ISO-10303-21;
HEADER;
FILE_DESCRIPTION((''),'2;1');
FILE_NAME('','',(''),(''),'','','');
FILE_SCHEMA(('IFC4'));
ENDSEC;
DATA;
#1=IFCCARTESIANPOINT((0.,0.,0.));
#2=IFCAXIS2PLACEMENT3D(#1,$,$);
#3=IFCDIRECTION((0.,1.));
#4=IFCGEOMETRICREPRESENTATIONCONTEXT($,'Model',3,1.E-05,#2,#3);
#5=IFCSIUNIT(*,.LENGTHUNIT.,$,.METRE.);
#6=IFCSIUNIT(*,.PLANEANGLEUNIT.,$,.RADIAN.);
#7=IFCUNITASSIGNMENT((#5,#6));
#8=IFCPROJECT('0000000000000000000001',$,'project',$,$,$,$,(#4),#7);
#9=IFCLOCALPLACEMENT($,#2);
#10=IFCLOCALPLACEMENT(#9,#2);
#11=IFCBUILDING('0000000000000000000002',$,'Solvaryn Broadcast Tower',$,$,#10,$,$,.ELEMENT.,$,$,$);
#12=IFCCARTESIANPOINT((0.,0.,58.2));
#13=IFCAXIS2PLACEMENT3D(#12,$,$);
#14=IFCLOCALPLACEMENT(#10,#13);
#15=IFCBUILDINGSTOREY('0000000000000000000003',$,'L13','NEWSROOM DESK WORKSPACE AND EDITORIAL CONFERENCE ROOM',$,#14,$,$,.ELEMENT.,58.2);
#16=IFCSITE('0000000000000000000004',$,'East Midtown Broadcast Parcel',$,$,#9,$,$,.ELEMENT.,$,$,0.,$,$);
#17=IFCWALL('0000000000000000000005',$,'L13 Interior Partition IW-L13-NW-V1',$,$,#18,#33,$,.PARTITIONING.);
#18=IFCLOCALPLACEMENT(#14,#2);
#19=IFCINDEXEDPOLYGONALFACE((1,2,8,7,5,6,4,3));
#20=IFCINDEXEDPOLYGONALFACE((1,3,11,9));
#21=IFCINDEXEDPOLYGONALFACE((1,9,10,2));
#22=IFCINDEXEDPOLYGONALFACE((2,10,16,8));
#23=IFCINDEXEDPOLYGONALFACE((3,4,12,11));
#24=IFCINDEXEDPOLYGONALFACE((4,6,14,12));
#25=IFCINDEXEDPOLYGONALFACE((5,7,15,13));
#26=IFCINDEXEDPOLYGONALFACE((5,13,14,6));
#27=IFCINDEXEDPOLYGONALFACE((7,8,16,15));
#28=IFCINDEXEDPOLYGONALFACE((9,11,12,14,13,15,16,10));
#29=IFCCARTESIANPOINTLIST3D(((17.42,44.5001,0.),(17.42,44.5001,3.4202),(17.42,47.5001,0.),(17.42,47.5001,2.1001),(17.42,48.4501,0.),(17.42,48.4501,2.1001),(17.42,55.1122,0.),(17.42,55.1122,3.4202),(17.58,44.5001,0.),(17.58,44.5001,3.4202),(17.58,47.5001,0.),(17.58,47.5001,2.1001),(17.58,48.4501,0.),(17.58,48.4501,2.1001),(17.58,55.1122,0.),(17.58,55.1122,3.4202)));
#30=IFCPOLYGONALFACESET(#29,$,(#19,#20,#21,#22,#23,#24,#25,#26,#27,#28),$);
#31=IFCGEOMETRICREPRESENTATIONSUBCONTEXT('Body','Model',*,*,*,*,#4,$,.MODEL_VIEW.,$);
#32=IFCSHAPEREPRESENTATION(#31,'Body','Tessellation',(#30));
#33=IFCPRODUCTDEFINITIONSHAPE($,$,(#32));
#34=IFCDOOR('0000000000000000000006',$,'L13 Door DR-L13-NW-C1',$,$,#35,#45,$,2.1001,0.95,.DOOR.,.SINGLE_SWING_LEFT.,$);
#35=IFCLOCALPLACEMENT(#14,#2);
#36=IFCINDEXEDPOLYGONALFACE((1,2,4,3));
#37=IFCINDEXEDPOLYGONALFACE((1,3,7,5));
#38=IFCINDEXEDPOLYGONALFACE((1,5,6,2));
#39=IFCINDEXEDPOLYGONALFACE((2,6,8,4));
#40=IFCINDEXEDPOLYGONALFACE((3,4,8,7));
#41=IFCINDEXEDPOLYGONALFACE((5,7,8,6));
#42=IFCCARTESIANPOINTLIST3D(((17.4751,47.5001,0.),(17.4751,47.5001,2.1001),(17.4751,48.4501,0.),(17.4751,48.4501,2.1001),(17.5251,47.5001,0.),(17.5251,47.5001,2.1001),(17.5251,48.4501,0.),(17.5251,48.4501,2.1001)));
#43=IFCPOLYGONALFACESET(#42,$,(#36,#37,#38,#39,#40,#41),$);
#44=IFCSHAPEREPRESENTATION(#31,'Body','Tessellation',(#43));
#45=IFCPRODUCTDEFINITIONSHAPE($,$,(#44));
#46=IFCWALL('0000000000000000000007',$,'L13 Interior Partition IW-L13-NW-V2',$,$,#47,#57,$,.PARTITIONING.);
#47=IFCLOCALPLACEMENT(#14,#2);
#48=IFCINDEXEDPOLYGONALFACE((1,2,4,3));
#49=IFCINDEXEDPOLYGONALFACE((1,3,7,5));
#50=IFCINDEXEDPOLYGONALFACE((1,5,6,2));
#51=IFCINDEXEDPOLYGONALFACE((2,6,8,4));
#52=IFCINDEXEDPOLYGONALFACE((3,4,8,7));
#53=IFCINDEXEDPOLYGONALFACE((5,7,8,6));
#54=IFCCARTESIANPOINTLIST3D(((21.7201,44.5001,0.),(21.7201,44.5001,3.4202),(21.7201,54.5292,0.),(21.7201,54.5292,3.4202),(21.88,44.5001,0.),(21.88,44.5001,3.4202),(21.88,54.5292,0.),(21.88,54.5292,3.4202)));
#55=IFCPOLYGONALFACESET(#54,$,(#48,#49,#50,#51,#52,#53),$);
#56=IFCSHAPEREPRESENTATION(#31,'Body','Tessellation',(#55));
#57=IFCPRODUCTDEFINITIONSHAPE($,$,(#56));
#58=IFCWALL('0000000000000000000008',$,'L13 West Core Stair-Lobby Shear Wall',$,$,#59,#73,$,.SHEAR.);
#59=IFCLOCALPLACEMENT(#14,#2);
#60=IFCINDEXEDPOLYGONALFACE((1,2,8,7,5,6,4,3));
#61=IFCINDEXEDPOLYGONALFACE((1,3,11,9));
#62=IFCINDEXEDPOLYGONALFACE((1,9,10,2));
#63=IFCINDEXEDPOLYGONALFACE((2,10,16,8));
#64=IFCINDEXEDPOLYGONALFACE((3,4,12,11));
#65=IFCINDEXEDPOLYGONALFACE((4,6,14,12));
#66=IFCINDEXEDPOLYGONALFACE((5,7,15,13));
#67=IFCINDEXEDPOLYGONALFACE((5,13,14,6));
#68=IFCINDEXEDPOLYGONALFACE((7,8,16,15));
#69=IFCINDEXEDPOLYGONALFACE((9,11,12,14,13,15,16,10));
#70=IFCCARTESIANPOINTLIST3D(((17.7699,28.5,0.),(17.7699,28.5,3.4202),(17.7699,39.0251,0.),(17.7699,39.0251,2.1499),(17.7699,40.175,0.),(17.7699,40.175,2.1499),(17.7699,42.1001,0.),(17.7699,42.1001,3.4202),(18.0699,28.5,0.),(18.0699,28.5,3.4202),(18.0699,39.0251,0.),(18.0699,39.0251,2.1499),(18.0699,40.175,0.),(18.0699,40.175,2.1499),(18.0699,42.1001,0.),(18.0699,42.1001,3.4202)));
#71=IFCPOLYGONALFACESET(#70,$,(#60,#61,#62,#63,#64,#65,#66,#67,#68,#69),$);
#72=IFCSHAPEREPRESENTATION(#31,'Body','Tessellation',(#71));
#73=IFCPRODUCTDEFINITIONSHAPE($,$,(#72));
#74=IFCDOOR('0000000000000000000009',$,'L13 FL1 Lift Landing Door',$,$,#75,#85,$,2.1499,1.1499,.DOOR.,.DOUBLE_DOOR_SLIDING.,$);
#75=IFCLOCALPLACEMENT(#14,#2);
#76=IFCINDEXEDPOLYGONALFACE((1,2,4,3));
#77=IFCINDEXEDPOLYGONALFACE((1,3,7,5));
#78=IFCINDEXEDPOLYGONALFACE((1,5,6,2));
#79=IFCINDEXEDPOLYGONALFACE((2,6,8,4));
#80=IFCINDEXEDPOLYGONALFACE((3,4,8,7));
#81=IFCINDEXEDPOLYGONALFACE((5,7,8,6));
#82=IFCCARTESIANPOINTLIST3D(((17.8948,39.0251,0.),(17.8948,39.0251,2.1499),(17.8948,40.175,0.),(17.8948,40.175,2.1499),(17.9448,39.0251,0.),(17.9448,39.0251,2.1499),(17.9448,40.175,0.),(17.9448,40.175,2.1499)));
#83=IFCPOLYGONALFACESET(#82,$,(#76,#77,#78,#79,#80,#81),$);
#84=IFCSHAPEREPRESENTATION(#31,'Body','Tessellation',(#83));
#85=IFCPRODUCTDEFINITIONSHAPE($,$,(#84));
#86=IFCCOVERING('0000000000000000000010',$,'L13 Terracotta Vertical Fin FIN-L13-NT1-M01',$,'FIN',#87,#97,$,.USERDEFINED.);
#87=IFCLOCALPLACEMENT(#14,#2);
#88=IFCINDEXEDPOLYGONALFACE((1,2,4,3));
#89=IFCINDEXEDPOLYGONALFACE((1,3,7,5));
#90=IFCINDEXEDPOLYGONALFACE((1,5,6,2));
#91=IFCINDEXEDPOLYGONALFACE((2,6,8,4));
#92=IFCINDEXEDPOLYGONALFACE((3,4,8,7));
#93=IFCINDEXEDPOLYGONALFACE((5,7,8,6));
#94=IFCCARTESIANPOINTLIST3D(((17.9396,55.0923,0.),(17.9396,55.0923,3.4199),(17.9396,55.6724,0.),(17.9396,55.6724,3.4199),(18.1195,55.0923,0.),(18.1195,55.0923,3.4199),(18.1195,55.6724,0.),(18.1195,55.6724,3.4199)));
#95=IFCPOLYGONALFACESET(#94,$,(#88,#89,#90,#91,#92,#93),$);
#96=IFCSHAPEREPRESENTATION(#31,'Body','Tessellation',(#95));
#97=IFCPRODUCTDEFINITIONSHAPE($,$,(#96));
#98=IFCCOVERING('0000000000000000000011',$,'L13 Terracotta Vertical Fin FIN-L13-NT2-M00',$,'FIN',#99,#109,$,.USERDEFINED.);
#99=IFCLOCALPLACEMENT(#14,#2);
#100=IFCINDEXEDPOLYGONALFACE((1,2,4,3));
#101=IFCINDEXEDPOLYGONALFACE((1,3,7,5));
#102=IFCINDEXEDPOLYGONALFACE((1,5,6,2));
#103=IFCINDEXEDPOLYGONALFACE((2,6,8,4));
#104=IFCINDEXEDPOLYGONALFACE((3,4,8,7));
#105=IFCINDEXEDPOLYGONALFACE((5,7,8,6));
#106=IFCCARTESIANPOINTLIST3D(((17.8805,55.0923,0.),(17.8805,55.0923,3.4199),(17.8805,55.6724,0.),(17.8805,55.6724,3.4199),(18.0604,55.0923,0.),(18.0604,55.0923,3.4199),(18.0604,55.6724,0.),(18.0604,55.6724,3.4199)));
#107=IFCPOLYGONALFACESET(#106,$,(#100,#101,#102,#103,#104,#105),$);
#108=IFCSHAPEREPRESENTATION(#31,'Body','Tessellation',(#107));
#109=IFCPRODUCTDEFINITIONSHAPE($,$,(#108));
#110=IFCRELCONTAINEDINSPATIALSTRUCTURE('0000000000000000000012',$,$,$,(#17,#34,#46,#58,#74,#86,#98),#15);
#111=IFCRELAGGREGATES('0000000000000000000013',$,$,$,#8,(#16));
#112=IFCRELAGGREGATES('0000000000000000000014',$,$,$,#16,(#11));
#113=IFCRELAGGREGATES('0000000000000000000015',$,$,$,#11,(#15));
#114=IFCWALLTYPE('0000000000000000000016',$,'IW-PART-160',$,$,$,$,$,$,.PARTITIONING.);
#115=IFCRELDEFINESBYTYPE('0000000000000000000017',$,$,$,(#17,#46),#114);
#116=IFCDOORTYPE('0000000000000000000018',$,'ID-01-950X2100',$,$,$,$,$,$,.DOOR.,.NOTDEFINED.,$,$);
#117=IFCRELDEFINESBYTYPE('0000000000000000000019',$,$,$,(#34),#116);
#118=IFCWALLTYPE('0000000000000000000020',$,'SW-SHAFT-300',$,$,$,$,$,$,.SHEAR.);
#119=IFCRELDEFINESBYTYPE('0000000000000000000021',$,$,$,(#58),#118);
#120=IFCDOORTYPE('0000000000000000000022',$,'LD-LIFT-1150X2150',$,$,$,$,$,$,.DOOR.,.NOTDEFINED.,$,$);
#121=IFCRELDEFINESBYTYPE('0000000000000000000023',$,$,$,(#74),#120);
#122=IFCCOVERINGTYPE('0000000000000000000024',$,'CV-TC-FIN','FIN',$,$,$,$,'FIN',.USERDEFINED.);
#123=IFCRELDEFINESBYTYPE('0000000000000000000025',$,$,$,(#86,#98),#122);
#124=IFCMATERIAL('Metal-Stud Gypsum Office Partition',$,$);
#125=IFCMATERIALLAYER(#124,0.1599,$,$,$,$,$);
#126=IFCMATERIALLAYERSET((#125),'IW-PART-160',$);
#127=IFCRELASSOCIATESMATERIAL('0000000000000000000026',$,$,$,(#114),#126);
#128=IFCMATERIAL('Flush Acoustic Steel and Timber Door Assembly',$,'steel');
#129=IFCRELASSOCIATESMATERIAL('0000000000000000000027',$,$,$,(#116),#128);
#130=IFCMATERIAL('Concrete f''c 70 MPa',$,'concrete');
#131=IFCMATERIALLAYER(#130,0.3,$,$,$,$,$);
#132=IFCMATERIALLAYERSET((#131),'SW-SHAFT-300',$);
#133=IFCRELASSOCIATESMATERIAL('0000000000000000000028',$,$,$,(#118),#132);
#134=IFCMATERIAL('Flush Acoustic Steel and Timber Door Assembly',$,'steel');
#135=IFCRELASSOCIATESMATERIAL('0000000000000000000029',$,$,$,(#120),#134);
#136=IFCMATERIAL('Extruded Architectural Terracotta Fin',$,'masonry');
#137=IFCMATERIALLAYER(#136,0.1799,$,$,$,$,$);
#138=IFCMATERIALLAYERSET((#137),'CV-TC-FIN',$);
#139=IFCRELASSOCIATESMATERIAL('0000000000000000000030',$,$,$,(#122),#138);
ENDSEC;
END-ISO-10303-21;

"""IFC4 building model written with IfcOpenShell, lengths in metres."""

from ifc_helpers import new_model, si_unit, direction, frame, frame_2d, origin, origin_2d, place, context, subcontext, project, spatial, rectangle, extrude, material, layer, layer_set, type_object, element, fill, save


model = new_model("IFC4")

# Units and contexts
model_context = context("Model", 3, precision=1e-05, world=origin(), true_north=direction((0.0, 1.0)))
body_context = subcontext(model_context, "Body", "Model", "MODEL_VIEW")
ifc_project = project(units=[si_unit("LENGTHUNIT", "METRE"), si_unit("PLANEANGLEUNIT", "RADIAN")], contexts=[model_context])

# Site, building, storey
site_placement = place(None, origin())
site = spatial("IfcSite", under=ifc_project, at=site_placement, Name="East Midtown Broadcast Parcel", CompositionType="ELEMENT", RefElevation=0.0)
building_placement = place(site_placement, origin())
building = spatial("IfcBuilding", under=site, at=building_placement, Name="Solvaryn Broadcast Tower", CompositionType="ELEMENT")
storey_placement = place(building_placement, frame((0.0, 0.0, 58.2)))
storey = spatial("IfcBuildingStorey", under=building, at=storey_placement, Name="L13", Description="NEWSROOM DESK WORKSPACE AND EDITORIAL CONFERENCE ROOM", CompositionType="ELEMENT", Elevation=58.2)

# Shared definitions
ifc_material_1 = material(Name="Metal-Stud Gypsum Office Partition")
ifc_layer_1 = layer(ifc_material_1, 0.1599)
ifc_layer_set_1 = layer_set([ifc_layer_1], Name="IW-PART-160")
wall_type_1 = type_object("IfcWallType", Name="IW-PART-160", PredefinedType="PARTITIONING", material=ifc_layer_set_1)

# Wall, opening, door
wall_1_placement = place(storey_placement, frame((17.5, 44.5, 0.0), z_axis=(0.0, 0.0, 1.0), x_axis=(0.0, 1.0, 0.0)))
wall_1 = element("IfcWall", 1, at=wall_1_placement, inside=storey, type_object=wall_type_1, Name="L13 Interior Partition IW-L13-NW-V1", PredefinedType="PARTITIONING", context=body_context, shape_type="SweptSolid", body=[
    extrude(rectangle(XDim=10.6121, YDim=0.1599, at=frame_2d((5.3062, 0.0))), origin(), (0.0, 0.0, 1.0), 3.4202),
])
opening_1_placement = place(wall_1_placement, frame((3.0, 0.0, 0.0)))
opening_1 = element("IfcOpeningElement", 2, at=opening_1_placement, cuts=wall_1, PredefinedType="OPENING", context=body_context, shape_type="SweptSolid", body=[
    extrude(rectangle(XDim=0.95, YDim=2.1001, at=frame_2d((0.4751, 1.05))), frame((0.0, 0.0901, 0.0), z_axis=(0.0, -1.0, 0.0), x_axis=(1.0, 0.0, 0.0)), (0.0, 0.0, 1.0), 0.1799),
])
ifc_material_2 = material(Name="Flush Acoustic Steel and Timber Door Assembly", Category="steel")
door_type_1 = type_object("IfcDoorType", Name="ID-01-950X2100", OperationType="NOTDEFINED", PredefinedType="DOOR", material=ifc_material_2)
door_1_placement = place(opening_1_placement, origin())
door_1 = element("IfcDoor", 3, at=door_1_placement, inside=storey, type_object=door_type_1, Name="L13 Door DR-L13-NW-C1", OperationType="SINGLE_SWING_LEFT", OverallHeight=2.1001, OverallWidth=0.95, PredefinedType="DOOR", context=body_context, shape_type="SweptSolid", body=[
    extrude(rectangle(XDim=0.95, YDim=2.1001, at=frame_2d((0.4751, 1.05))), frame((0.0, 0.0249, 0.0), z_axis=(0.0, -1.0, 0.0), x_axis=(1.0, 0.0, 0.0)), (0.0, 0.0, 1.0), 0.05),
])
fill(opening_1, door_1)

# Wall
wall_2_placement = place(storey_placement, frame((21.8, 44.5, 0.0), z_axis=(0.0, 0.0, 1.0), x_axis=(0.0, 1.0, 0.0)))
element("IfcWall", 4, at=wall_2_placement, inside=storey, type_object=wall_type_1, Name="L13 Interior Partition IW-L13-NW-V2", PredefinedType="PARTITIONING", context=body_context, shape_type="SweptSolid", body=[
    extrude(rectangle(XDim=10.0291, YDim=0.1599, at=frame_2d((5.0146, 0.0))), origin(), (0.0, 0.0, 1.0), 3.4202),
])

# Wall, opening, door
ifc_material_3 = material(Name="Concrete f'c 70 MPa", Category="concrete")
ifc_layer_2 = layer(ifc_material_3, 0.3)
ifc_layer_set_2 = layer_set([ifc_layer_2], Name="SW-SHAFT-300")
wall_type_2 = type_object("IfcWallType", Name="SW-SHAFT-300", PredefinedType="SHEAR", material=ifc_layer_set_2)
wall_3_placement = place(storey_placement, frame((17.9199, 42.1001, 0.0), z_axis=(0.0, 0.0, 1.0), x_axis=(0.0, -1.0, 0.0)))
wall_3 = element("IfcWall", 5, at=wall_3_placement, inside=storey, type_object=wall_type_2, Name="L13 West Core Stair-Lobby Shear Wall", PredefinedType="SHEAR", context=body_context, shape_type="SweptSolid", body=[
    extrude(rectangle(XDim=13.6001, YDim=0.3, at=frame_2d((6.8, 0.0))), origin(), (0.0, 0.0, 1.0), 3.4202),
])
opening_2_placement = place(wall_3_placement, frame((1.925, 0.0, 0.0)))
opening_2 = element("IfcOpeningElement", 6, at=opening_2_placement, cuts=wall_3, PredefinedType="OPENING", context=body_context, shape_type="SweptSolid", body=[
    extrude(rectangle(XDim=1.1499, YDim=2.1499, at=frame_2d((0.575, 1.075))), frame((0.0, 0.1599, 0.0), z_axis=(0.0, -1.0, 0.0), x_axis=(1.0, 0.0, 0.0)), (0.0, 0.0, 1.0), 0.3201),
])
ifc_material_4 = material(Name="Flush Acoustic Steel and Timber Door Assembly", Category="steel")
door_type_2 = type_object("IfcDoorType", Name="LD-LIFT-1150X2150", OperationType="NOTDEFINED", PredefinedType="DOOR", material=ifc_material_4)
door_2_placement = place(opening_2_placement, origin())
door_2 = element("IfcDoor", 7, at=door_2_placement, inside=storey, type_object=door_type_2, Name="L13 FL1 Lift Landing Door", OperationType="DOUBLE_DOOR_SLIDING", OverallHeight=2.1499, OverallWidth=1.1499, PredefinedType="DOOR", context=body_context, shape_type="SweptSolid", body=[
    extrude(rectangle(XDim=1.1499, YDim=2.1499, at=frame_2d((0.575, 1.075))), frame((0.0, 0.0249, 0.0), z_axis=(0.0, -1.0, 0.0), x_axis=(1.0, 0.0, 0.0)), (0.0, 0.0, 1.0), 0.05),
])
fill(opening_2, door_2)

# Coverings
ifc_material_5 = material(Name="Extruded Architectural Terracotta Fin", Category="masonry")
ifc_layer_3 = layer(ifc_material_5, 0.1799)
ifc_layer_set_3 = layer_set([ifc_layer_3], Name="CV-TC-FIN")
covering_type = type_object("IfcCoveringType", Name="CV-TC-FIN", Description="FIN", ElementType="FIN", PredefinedType="USERDEFINED", material=ifc_layer_set_3)
for number, where, z_axis, x_axis, name in (
    (8, (18.0295, 55.3823, 0.0), (0.0, 0.0, 1.0), (1.0, 0.0, 0.0), "L13 Terracotta Vertical Fin FIN-L13-NT1-M01"),
    (9, (17.9705, 55.3823, 0.0), (0.0, 0.0, 1.0), (1.0, 0.0, 0.0), "L13 Terracotta Vertical Fin FIN-L13-NT2-M00"),
):
    element("IfcCovering", number, at=place(storey_placement, frame(where, z_axis=z_axis, x_axis=x_axis)), inside=storey, type_object=covering_type, Name=name, ObjectType="FIN", PredefinedType="USERDEFINED", context=body_context, shape_type="SweptSolid", body=[
        extrude(rectangle(XDim=0.1799, YDim=0.5801, at=origin_2d()), origin(), (0.0, 0.0, 1.0), 3.4199),
    ])

save(model, "model.ifc")
